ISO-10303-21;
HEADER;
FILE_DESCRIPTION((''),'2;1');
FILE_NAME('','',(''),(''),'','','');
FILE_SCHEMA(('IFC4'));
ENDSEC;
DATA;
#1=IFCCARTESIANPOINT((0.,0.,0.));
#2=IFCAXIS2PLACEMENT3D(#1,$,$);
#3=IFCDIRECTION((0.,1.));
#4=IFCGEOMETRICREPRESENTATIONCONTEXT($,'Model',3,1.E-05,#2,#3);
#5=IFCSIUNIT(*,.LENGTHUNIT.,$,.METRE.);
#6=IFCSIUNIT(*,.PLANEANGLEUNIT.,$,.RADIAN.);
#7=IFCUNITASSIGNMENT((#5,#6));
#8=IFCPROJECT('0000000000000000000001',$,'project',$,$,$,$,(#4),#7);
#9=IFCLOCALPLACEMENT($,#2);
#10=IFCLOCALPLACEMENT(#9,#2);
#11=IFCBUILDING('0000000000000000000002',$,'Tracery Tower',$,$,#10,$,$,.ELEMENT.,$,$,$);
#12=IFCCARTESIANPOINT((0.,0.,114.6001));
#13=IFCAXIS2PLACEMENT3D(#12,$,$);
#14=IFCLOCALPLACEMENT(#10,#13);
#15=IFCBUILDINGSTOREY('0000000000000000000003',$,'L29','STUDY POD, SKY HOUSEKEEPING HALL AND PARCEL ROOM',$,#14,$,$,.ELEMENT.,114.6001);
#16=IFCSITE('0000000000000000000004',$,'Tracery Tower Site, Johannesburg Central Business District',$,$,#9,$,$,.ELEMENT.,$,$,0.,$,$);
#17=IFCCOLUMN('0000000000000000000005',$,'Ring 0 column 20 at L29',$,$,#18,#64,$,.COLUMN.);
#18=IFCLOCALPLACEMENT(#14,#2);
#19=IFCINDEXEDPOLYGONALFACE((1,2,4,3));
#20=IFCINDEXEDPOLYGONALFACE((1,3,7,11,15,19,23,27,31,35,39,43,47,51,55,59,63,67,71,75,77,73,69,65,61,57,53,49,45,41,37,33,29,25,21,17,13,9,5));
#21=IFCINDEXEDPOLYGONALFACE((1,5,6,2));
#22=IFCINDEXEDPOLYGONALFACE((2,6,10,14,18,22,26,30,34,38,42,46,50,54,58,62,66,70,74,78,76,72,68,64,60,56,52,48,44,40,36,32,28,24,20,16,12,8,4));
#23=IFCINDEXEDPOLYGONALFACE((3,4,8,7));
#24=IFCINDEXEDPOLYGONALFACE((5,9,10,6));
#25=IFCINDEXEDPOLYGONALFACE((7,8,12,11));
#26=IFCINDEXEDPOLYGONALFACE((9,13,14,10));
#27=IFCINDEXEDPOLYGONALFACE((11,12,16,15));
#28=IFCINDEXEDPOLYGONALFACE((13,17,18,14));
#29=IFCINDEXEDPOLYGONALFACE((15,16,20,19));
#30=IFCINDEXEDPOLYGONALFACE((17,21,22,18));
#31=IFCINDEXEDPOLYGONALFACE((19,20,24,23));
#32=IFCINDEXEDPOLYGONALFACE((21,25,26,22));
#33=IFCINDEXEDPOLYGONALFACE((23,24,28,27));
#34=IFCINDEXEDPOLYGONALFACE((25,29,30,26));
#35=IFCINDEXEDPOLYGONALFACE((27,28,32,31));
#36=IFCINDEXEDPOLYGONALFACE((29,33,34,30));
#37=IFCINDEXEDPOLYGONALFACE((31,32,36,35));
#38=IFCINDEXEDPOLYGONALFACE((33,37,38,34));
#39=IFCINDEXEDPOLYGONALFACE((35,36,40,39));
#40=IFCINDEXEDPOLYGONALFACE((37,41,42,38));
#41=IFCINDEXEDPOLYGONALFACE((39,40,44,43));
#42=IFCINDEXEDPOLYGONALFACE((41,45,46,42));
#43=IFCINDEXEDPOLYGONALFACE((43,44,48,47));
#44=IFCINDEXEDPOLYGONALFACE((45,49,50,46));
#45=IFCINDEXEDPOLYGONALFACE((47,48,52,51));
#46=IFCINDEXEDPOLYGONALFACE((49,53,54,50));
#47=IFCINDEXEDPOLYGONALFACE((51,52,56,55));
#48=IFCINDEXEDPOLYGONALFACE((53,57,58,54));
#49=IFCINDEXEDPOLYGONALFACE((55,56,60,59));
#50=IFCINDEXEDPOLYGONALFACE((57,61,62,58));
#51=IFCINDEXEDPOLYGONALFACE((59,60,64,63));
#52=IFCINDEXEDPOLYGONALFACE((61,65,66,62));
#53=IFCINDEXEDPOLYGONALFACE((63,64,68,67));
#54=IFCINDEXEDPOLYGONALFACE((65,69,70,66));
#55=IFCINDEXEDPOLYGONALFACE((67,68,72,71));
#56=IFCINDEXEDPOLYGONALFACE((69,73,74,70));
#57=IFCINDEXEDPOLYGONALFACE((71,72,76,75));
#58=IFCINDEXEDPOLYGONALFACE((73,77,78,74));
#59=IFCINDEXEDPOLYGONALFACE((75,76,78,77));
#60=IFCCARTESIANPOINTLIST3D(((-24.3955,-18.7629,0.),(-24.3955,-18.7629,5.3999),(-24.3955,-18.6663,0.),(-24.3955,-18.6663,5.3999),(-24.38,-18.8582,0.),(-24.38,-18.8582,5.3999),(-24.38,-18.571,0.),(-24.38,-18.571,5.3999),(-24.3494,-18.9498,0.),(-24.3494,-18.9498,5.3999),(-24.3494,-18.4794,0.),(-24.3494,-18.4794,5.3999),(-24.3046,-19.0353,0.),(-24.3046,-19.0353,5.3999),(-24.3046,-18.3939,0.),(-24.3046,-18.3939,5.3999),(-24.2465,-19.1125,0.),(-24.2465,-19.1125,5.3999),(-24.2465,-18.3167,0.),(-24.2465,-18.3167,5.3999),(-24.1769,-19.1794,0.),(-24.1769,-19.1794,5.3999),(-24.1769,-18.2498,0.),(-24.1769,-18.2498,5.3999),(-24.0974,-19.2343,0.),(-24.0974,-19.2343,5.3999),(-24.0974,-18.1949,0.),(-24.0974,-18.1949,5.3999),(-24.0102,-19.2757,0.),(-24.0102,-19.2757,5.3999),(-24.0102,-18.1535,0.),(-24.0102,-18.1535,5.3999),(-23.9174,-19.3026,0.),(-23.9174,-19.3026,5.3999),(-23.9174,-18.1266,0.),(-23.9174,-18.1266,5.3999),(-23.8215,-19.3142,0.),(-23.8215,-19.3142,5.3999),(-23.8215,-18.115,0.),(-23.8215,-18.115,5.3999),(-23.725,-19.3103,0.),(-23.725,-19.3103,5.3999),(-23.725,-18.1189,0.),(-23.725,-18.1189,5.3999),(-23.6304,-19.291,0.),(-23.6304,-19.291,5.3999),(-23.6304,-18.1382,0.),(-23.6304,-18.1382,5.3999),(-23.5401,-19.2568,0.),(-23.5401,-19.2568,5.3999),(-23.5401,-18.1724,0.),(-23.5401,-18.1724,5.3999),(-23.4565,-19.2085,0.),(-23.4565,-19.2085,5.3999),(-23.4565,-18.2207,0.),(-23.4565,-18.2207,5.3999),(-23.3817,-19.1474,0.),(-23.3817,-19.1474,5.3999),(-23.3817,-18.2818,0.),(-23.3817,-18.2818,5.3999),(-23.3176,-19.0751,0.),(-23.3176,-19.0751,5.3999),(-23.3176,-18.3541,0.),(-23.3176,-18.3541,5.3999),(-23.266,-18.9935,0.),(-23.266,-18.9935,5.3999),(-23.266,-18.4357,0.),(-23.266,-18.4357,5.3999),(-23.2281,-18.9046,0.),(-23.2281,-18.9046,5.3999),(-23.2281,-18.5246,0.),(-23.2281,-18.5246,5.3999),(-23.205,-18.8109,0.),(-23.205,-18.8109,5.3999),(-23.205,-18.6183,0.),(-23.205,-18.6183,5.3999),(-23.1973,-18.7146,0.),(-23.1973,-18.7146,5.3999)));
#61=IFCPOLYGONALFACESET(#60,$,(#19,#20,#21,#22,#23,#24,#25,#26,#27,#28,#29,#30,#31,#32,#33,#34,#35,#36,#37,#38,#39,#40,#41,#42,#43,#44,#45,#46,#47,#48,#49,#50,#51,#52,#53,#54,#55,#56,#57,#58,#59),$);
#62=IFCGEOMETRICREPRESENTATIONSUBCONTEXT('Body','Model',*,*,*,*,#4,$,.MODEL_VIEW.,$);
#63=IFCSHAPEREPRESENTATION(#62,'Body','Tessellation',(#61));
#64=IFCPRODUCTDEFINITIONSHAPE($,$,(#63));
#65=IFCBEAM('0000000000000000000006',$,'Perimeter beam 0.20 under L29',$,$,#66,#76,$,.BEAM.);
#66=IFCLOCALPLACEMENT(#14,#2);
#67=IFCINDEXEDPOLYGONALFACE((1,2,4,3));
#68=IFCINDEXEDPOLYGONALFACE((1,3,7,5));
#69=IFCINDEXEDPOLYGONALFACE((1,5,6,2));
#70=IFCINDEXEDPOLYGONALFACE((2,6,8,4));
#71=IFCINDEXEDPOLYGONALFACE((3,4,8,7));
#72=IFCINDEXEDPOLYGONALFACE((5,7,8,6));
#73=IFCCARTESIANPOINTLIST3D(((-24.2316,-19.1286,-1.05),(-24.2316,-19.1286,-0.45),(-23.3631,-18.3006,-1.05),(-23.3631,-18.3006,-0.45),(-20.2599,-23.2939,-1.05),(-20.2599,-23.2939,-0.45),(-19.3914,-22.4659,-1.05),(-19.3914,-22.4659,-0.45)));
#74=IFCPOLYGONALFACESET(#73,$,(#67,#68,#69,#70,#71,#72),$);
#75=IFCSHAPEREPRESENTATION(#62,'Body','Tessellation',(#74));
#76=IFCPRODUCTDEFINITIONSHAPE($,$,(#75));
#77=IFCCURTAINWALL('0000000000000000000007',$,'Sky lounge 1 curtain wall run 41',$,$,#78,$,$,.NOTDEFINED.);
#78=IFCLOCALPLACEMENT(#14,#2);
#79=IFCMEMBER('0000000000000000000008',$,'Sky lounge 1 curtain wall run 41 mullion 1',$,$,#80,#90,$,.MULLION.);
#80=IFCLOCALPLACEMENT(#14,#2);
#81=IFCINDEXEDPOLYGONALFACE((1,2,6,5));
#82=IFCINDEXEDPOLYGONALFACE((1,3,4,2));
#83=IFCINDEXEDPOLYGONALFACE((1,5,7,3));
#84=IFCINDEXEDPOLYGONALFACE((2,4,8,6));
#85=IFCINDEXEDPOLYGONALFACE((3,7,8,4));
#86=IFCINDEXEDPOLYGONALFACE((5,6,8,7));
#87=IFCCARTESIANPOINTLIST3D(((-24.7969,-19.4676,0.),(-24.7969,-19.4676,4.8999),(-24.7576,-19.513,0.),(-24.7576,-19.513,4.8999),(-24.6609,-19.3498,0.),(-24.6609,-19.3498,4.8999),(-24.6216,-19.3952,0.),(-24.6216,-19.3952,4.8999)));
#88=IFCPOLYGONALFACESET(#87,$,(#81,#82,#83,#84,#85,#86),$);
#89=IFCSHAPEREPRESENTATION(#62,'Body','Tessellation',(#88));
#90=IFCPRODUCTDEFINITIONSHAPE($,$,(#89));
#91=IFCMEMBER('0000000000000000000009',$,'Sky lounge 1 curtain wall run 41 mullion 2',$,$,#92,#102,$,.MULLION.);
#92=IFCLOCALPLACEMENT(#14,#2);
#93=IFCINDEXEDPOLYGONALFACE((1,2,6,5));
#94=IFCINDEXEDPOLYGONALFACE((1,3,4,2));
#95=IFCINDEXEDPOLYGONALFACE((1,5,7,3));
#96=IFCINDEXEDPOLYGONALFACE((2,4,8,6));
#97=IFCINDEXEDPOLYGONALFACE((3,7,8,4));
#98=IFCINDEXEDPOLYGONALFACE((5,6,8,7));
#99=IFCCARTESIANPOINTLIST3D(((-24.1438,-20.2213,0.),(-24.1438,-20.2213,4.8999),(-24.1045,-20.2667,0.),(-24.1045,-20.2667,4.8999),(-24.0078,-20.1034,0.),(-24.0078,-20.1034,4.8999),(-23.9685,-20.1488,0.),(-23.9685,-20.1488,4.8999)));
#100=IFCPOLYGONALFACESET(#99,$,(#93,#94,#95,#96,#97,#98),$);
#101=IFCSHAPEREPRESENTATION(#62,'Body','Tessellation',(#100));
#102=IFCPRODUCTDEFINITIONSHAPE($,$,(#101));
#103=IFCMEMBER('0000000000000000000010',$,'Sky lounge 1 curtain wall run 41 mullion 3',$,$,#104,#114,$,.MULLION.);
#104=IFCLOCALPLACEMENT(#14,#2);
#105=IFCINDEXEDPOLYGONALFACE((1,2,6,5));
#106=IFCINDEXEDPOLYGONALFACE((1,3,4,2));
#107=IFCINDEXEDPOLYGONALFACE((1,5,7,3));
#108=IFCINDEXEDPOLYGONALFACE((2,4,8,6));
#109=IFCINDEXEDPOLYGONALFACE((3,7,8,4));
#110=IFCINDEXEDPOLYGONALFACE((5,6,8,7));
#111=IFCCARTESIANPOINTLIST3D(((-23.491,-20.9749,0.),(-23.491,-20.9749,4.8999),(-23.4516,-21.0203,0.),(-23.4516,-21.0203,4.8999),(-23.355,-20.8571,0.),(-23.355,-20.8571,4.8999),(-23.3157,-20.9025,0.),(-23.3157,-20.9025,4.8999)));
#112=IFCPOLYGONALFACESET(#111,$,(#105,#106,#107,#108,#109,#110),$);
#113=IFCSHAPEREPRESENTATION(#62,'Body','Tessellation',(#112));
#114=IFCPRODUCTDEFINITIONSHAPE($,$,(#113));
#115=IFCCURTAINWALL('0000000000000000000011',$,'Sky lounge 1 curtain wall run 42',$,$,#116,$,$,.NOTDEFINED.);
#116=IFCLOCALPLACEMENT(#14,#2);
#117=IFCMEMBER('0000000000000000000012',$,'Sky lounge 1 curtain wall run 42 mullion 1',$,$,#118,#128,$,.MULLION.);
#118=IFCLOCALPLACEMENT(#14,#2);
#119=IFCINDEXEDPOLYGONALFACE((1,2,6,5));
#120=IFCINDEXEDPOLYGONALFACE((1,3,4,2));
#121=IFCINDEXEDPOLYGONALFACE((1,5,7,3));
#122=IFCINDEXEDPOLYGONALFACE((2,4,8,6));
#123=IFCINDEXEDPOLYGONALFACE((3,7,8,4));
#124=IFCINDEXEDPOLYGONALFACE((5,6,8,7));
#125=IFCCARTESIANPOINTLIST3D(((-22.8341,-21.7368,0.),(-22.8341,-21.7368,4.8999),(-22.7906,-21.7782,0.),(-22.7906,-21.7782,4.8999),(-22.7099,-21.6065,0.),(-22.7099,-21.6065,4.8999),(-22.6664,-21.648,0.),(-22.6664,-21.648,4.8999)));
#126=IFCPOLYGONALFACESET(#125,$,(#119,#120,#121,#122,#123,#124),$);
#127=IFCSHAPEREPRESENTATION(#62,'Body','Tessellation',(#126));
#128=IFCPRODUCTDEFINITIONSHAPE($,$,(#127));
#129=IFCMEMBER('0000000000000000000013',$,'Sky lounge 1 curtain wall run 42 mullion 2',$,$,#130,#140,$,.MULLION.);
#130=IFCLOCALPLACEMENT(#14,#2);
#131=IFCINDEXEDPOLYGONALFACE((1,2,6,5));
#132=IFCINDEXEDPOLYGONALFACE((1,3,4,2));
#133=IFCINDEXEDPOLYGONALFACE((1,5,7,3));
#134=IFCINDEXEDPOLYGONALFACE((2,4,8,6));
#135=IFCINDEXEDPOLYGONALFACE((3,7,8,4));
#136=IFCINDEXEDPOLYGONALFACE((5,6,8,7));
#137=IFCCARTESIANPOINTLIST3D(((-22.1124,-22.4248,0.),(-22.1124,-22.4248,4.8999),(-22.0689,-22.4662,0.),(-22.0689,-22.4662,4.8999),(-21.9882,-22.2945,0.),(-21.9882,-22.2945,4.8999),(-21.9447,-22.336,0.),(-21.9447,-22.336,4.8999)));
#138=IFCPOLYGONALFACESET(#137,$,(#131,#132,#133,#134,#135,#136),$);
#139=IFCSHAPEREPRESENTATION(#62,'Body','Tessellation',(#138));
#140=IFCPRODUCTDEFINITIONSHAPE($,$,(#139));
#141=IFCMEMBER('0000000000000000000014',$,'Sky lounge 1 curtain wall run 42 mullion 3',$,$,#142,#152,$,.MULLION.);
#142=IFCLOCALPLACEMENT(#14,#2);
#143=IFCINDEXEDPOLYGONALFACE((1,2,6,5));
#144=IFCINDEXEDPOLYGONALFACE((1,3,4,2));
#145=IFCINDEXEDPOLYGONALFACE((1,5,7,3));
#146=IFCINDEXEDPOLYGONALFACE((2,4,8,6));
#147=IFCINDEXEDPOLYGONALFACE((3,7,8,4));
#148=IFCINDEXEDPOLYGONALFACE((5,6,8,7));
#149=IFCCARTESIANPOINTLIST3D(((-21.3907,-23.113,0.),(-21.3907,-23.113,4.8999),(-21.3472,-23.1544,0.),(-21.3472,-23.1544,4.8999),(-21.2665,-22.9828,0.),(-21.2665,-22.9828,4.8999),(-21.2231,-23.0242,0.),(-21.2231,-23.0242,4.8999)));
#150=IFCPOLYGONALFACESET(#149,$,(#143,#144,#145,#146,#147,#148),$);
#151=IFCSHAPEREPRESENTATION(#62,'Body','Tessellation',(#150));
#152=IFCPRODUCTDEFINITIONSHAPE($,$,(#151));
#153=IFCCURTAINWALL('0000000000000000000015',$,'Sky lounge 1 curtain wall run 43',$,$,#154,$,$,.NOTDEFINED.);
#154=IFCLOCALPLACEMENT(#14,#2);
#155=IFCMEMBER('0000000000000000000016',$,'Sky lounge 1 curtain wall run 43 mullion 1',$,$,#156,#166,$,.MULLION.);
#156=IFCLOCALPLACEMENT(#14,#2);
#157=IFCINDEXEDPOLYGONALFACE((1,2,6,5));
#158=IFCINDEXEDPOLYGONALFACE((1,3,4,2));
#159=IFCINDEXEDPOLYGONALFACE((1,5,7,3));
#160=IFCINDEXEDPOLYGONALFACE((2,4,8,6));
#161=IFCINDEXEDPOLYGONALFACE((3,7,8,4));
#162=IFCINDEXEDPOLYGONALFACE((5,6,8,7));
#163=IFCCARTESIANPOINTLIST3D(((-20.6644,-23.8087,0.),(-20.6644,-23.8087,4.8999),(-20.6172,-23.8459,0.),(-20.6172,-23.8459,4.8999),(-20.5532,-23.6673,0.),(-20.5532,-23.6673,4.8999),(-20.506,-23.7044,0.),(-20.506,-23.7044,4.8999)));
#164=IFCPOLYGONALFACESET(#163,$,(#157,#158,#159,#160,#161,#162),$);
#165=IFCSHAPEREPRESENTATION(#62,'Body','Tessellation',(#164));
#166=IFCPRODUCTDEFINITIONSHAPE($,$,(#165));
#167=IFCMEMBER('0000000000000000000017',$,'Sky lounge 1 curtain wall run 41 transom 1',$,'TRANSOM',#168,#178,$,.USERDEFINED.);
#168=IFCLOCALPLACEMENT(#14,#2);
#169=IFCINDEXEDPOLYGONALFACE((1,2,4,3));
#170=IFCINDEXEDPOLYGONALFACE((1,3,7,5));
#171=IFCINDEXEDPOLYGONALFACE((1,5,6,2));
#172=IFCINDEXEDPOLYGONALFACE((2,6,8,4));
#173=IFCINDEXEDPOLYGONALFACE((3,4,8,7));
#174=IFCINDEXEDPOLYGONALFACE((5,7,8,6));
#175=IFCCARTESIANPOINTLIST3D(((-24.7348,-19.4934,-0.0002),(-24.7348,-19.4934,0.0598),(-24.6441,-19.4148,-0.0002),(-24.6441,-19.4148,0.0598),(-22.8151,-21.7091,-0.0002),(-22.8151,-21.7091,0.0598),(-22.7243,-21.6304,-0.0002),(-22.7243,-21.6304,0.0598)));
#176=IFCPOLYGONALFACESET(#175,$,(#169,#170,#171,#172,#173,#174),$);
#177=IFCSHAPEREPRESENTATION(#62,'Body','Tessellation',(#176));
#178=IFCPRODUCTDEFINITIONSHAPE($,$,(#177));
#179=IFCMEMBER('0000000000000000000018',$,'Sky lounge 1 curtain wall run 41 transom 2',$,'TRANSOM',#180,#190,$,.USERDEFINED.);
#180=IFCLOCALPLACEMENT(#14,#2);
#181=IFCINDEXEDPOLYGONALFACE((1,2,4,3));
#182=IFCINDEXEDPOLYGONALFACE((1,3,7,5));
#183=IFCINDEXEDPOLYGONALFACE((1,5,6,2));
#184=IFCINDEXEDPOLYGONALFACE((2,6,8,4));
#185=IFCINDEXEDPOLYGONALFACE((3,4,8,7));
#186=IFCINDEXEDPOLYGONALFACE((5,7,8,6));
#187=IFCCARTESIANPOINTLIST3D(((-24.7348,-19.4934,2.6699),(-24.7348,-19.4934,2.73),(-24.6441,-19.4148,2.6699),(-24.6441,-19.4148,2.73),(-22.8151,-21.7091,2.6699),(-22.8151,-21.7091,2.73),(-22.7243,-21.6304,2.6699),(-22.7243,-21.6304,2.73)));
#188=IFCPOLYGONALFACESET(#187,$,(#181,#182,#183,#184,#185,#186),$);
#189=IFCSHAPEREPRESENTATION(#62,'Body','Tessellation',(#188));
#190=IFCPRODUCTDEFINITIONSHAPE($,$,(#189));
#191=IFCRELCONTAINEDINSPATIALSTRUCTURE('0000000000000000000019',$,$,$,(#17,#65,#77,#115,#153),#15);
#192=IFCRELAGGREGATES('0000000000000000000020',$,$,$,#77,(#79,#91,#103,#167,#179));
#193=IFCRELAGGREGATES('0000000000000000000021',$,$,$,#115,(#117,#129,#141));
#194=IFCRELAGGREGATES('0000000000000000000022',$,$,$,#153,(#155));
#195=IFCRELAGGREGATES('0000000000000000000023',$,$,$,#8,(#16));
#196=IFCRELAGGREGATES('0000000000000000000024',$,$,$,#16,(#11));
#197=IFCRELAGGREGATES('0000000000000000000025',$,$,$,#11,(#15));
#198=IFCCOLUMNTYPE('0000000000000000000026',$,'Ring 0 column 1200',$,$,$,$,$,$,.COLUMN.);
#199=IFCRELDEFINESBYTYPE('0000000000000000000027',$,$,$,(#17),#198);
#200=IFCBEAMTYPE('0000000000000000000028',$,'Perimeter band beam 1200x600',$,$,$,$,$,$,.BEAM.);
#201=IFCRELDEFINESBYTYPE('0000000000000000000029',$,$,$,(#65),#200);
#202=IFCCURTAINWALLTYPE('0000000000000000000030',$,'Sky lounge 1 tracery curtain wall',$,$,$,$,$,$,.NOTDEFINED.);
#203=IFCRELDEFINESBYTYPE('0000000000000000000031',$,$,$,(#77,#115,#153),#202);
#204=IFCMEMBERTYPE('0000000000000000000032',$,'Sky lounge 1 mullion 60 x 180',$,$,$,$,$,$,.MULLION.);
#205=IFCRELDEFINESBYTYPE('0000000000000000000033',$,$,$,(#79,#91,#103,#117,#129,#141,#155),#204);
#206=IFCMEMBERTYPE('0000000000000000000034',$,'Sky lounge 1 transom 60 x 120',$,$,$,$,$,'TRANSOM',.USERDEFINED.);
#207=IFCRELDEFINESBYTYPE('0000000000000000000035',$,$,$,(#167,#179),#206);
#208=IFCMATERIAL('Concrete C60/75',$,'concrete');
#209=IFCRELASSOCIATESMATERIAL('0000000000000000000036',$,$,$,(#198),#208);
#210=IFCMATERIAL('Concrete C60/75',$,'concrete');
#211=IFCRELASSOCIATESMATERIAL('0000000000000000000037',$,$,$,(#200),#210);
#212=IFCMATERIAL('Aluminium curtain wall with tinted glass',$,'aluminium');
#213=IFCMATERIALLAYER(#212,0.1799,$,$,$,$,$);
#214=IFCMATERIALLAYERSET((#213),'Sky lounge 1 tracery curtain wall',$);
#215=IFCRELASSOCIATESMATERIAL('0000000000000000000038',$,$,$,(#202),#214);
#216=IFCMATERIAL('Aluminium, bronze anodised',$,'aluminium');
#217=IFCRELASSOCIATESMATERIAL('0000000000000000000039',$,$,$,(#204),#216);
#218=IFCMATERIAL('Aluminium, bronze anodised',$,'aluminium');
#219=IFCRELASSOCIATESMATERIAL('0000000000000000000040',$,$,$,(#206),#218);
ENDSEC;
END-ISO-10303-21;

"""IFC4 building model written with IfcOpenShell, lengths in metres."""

from ifc_helpers import new_model, si_unit, direction, frame, origin, origin_2d, place, context, subcontext, project, spatial, rectangle, circle, extrude, material, layer, layer_set, material_profile, profile_set, type_object, element, aggregate, save


model = new_model("IFC4")

# Units and contexts
model_context = context("Model", 3, precision=1e-05, world=origin(), true_north=direction((0.0, 1.0)))
body_context = subcontext(model_context, "Body", "Model", "MODEL_VIEW")
ifc_project = project(units=[si_unit("LENGTHUNIT", "METRE"), si_unit("PLANEANGLEUNIT", "RADIAN")], contexts=[model_context])

# Site, building, storey
site_placement = place(None, origin())
site = spatial("IfcSite", under=ifc_project, at=site_placement, Name="Tracery Tower Site, Johannesburg Central Business District", CompositionType="ELEMENT", RefElevation=0.0)
building_placement = place(site_placement, origin())
building = spatial("IfcBuilding", under=site, at=building_placement, Name="Tracery Tower", CompositionType="ELEMENT")
storey_placement = place(building_placement, frame((0.0, 0.0, 114.6001)))
storey = spatial("IfcBuildingStorey", under=building, at=storey_placement, Name="L29", Description="STUDY POD, SKY HOUSEKEEPING HALL AND PARCEL ROOM", CompositionType="ELEMENT", Elevation=114.6001)

# Column
ifc_material_1 = material(Name="Concrete C60/75", Category="concrete")
ifc_material_profile_1 = material_profile(ifc_material_1, circle(Radius=0.6001, at=origin_2d()), Name="RC D1200")
ifc_profile_set_1 = profile_set([ifc_material_profile_1], Name="Concrete C60/75")
column_type = type_object("IfcColumnType", Name="Ring 0 column 1200", PredefinedType="COLUMN", material=ifc_profile_set_1)
column_placement = place(storey_placement, frame((-23.7974, -18.7146, 0.0), z_axis=(0.0, 0.0, 1.0), x_axis=(1.0, 0.0, 0.0)))
element("IfcColumn", 1, at=column_placement, inside=storey, type_object=column_type, Name="Ring 0 column 20 at L29", PredefinedType="COLUMN", context=body_context, shape_type="SweptSolid", body=[
    extrude(circle(Radius=0.6001, at=origin_2d()), origin(), (0.0, 0.0, 1.0), 5.3999),
])

# Beam
ifc_material_2 = material(Name="Concrete C60/75", Category="concrete")
ifc_material_profile_2 = material_profile(ifc_material_2, rectangle(XDim=1.2, YDim=0.6001, at=origin_2d()), Name="RC 1200x600")
ifc_profile_set_2 = profile_set([ifc_material_profile_2], Name="Concrete C60/75")
beam_type = type_object("IfcBeamType", Name="Perimeter band beam 1200x600", PredefinedType="BEAM", material=ifc_profile_set_2)
beam_placement = place(storey_placement, frame((-23.7974, -18.7146, -0.75), z_axis=(0.690087, -0.723726, 0.0), x_axis=(0.723726, 0.690087, 0.0)))
element("IfcBeam", 2, at=beam_placement, inside=storey, type_object=beam_type, Name="Perimeter beam 0.20 under L29", PredefinedType="BEAM", context=body_context, shape_type="SweptSolid", body=[
    extrude(rectangle(XDim=1.2, YDim=0.6001, at=origin_2d()), origin(), (0.0, 0.0, 1.0), 5.7554),
])

# Curtain walls, members
ifc_material_3 = material(Name="Aluminium curtain wall with tinted glass", Category="aluminium")
ifc_layer_1 = layer(ifc_material_3, 0.1799)
ifc_layer_set_1 = layer_set([ifc_layer_1], Name="Sky lounge 1 tracery curtain wall")
curtain_wall_type = type_object("IfcCurtainWallType", Name="Sky lounge 1 tracery curtain wall", PredefinedType="NOTDEFINED", material=ifc_layer_set_1)
curtain_wall_1_placement = place(storey_placement, origin())
curtain_wall_1 = element("IfcCurtainWall", 3, at=curtain_wall_1_placement, inside=storey, type_object=curtain_wall_type, Name="Sky lounge 1 curtain wall run 41", PredefinedType="NOTDEFINED")
ifc_material_4 = material(Name="Aluminium, bronze anodised", Category="aluminium")
ifc_material_profile_3 = material_profile(ifc_material_4, rectangle(XDim=0.1799, YDim=0.0601, at=origin_2d()), Name="AL 60x180")
ifc_profile_set_3 = profile_set([ifc_material_profile_3], Name="Aluminium, bronze anodised")
member_type_1 = type_object("IfcMemberType", Name="Sky lounge 1 mullion 60 x 180", PredefinedType="MULLION", material=ifc_profile_set_3)
member_1_placement = place(storey_placement, frame((-24.7092, -19.4314, 0.0), z_axis=(0.0, 0.0, 1.0), x_axis=(0.75575, 0.654861, 0.0)))
member_1 = element("IfcMember", 4, at=member_1_placement, type_object=member_type_1, Name="Sky lounge 1 curtain wall run 41 mullion 1", PredefinedType="MULLION", context=body_context, shape_type="SweptSolid", body=[
    extrude(rectangle(XDim=0.1799, YDim=0.0601, at=origin_2d()), origin(), (0.0, 0.0, 1.0), 4.8999),
])
member_2_placement = place(storey_placement, frame((-24.0562, -20.1851, 0.0), z_axis=(0.0, 0.0, 1.0), x_axis=(0.75575, 0.654861, 0.0)))
member_2 = element("IfcMember", 5, at=member_2_placement, type_object=member_type_1, Name="Sky lounge 1 curtain wall run 41 mullion 2", PredefinedType="MULLION", context=body_context, shape_type="SweptSolid", body=[
    extrude(rectangle(XDim=0.1799, YDim=0.0601, at=origin_2d()), origin(), (0.0, 0.0, 1.0), 4.8999),
])
member_3_placement = place(storey_placement, frame((-23.4033, -20.9387, 0.0), z_axis=(0.0, 0.0, 1.0), x_axis=(0.75575, 0.654861, 0.0)))
member_3 = element("IfcMember", 6, at=member_3_placement, type_object=member_type_1, Name="Sky lounge 1 curtain wall run 41 mullion 3", PredefinedType="MULLION", context=body_context, shape_type="SweptSolid", body=[
    extrude(rectangle(XDim=0.1799, YDim=0.0601, at=origin_2d()), origin(), (0.0, 0.0, 1.0), 4.8999),
])
curtain_wall_2_placement = place(storey_placement, origin())
curtain_wall_2 = element("IfcCurtainWall", 7, at=curtain_wall_2_placement, inside=storey, type_object=curtain_wall_type, Name="Sky lounge 1 curtain wall run 42", PredefinedType="NOTDEFINED")
member_4_placement = place(storey_placement, frame((-22.7502, -21.6924, 0.0), z_axis=(0.0, 0.0, 1.0), x_axis=(0.690079, 0.723734, 0.0)))
member_4 = element("IfcMember", 8, at=member_4_placement, type_object=member_type_1, Name="Sky lounge 1 curtain wall run 42 mullion 1", PredefinedType="MULLION", context=body_context, shape_type="SweptSolid", body=[
    extrude(rectangle(XDim=0.1799, YDim=0.0601, at=origin_2d()), origin(), (0.0, 0.0, 1.0), 4.8999),
])
member_5_placement = place(storey_placement, frame((-22.0286, -22.3804, 0.0), z_axis=(0.0, 0.0, 1.0), x_axis=(0.690079, 0.723734, 0.0)))
member_5 = element("IfcMember", 9, at=member_5_placement, type_object=member_type_1, Name="Sky lounge 1 curtain wall run 42 mullion 2", PredefinedType="MULLION", context=body_context, shape_type="SweptSolid", body=[
    extrude(rectangle(XDim=0.1799, YDim=0.0601, at=origin_2d()), origin(), (0.0, 0.0, 1.0), 4.8999),
])
member_6_placement = place(storey_placement, frame((-21.3069, -23.0686, 0.0), z_axis=(0.0, 0.0, 1.0), x_axis=(0.690079, 0.723734, 0.0)))
member_6 = element("IfcMember", 10, at=member_6_placement, type_object=member_type_1, Name="Sky lounge 1 curtain wall run 42 mullion 3", PredefinedType="MULLION", context=body_context, shape_type="SweptSolid", body=[
    extrude(rectangle(XDim=0.1799, YDim=0.0601, at=origin_2d()), origin(), (0.0, 0.0, 1.0), 4.8999),
])

# Curtain wall, member
curtain_wall_3_placement = place(storey_placement, origin())
curtain_wall_3 = element("IfcCurtainWall", 11, at=curtain_wall_3_placement, inside=storey, type_object=curtain_wall_type, Name="Sky lounge 1 curtain wall run 43", PredefinedType="NOTDEFINED")
member_7_placement = place(storey_placement, frame((-20.5852, -23.7566, 0.0), z_axis=(0.0, 0.0, 1.0), x_axis=(0.618159, 0.786053, 0.0)))
member_7 = element("IfcMember", 12, at=member_7_placement, type_object=member_type_1, Name="Sky lounge 1 curtain wall run 43 mullion 1", PredefinedType="MULLION", context=body_context, shape_type="SweptSolid", body=[
    extrude(rectangle(XDim=0.1799, YDim=0.0601, at=origin_2d()), origin(), (0.0, 0.0, 1.0), 4.8999),
])

# Members
ifc_material_5 = material(Name="Aluminium, bronze anodised", Category="aluminium")
ifc_material_profile_4 = material_profile(ifc_material_5, rectangle(XDim=0.1201, YDim=0.0601, at=origin_2d()), Name="AL 60x120")
ifc_profile_set_4 = profile_set([ifc_material_profile_4], Name="Aluminium, bronze anodised")
member_type_2 = type_object("IfcMemberType", Name="Sky lounge 1 transom 60 x 120", ElementType="TRANSOM", PredefinedType="USERDEFINED", material=ifc_profile_set_4)
member_8_placement = place(storey_placement, frame((-24.6895, -19.4541, 0.0298), z_axis=(0.654835, -0.755772, 0.0), x_axis=(0.755772, 0.654835, 0.0)))
member_8 = element("IfcMember", 13, at=member_8_placement, type_object=member_type_2, Name="Sky lounge 1 curtain wall run 41 transom 1", ObjectType="TRANSOM", PredefinedType="USERDEFINED", context=body_context, shape_type="SweptSolid", body=[
    extrude(rectangle(XDim=0.1201, YDim=0.0601, at=origin_2d()), origin(), (0.0, 0.0, 1.0), 2.9316),
])
member_9_placement = place(storey_placement, frame((-24.6895, -19.4541, 2.7), z_axis=(0.654835, -0.755772, 0.0), x_axis=(0.755772, 0.654835, 0.0)))
member_9 = element("IfcMember", 14, at=member_9_placement, type_object=member_type_2, Name="Sky lounge 1 curtain wall run 41 transom 2", ObjectType="TRANSOM", PredefinedType="USERDEFINED", context=body_context, shape_type="SweptSolid", body=[
    extrude(rectangle(XDim=0.1201, YDim=0.0601, at=origin_2d()), origin(), (0.0, 0.0, 1.0), 2.9316),
])

aggregate(curtain_wall_1, [member_1, member_2, member_3, member_8, member_9])
aggregate(curtain_wall_2, [member_4, member_5, member_6])
aggregate(curtain_wall_3, [member_7])

save(model, "model.ifc")
